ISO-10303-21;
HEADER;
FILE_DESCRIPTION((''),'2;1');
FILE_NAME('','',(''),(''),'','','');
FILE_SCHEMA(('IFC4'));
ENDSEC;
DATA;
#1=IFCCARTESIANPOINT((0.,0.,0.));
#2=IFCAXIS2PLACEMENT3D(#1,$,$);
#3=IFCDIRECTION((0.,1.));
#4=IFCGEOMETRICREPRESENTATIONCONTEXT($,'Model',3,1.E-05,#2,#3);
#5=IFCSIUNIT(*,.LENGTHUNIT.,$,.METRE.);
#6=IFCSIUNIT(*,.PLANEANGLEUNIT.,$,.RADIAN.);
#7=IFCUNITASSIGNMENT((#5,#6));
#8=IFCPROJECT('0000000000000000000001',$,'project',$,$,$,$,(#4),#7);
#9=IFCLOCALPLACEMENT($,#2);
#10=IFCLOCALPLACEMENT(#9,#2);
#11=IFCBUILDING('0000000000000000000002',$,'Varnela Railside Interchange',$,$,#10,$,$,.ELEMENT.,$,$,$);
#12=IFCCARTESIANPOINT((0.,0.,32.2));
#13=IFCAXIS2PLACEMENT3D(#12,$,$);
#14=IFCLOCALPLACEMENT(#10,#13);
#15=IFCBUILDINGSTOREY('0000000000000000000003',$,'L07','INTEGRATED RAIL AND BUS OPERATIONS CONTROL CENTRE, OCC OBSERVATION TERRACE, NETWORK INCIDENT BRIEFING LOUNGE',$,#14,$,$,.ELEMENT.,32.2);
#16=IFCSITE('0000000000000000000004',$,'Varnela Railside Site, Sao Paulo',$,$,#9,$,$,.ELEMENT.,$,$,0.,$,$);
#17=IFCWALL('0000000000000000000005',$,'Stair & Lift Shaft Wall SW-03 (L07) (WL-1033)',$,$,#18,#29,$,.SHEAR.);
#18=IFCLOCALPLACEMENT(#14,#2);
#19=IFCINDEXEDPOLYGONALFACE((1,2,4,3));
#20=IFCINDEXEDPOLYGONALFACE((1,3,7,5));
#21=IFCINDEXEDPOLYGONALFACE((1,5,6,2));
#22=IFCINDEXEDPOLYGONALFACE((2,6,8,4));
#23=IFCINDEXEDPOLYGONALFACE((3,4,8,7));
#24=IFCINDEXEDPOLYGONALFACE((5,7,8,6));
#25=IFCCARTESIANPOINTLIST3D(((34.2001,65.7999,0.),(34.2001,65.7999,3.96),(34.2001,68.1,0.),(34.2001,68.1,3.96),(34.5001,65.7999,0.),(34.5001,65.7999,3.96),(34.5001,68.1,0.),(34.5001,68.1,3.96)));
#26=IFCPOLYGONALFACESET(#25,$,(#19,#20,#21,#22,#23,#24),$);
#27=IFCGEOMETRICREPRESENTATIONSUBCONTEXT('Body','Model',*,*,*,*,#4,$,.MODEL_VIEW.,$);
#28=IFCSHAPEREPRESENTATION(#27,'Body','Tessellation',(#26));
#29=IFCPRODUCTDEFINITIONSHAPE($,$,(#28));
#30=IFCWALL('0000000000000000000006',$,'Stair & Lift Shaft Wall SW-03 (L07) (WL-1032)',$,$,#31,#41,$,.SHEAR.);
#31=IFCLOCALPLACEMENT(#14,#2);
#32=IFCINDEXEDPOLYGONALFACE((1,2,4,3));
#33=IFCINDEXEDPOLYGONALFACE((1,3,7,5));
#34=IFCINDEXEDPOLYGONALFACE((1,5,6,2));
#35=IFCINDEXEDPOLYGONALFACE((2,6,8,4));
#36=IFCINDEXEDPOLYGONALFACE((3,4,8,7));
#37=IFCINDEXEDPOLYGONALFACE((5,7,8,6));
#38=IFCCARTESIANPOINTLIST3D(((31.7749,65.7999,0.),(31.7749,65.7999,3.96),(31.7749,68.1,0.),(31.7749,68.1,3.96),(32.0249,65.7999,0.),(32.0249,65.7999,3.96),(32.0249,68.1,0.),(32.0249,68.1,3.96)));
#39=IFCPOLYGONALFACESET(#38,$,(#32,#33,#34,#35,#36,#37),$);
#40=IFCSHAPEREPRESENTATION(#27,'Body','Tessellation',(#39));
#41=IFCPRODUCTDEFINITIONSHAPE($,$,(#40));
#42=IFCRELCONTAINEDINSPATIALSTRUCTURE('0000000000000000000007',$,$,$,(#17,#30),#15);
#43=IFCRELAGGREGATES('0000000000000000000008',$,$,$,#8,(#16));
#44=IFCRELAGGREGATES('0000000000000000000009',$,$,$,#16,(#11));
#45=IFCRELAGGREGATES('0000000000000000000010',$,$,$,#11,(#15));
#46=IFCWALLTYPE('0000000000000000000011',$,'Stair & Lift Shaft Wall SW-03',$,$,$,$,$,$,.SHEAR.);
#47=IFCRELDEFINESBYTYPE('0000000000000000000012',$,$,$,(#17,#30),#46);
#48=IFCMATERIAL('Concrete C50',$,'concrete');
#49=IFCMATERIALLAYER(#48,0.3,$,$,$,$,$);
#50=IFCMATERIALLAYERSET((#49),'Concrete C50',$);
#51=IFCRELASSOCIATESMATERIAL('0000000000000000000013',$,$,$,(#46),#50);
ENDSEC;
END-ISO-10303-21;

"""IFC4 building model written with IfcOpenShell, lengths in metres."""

from ifc_helpers import new_model, si_unit, direction, frame, frame_2d, origin, place, context, subcontext, project, spatial, rectangle, extrude, material, layer, layer_set, type_object, element, save


model = new_model("IFC4")

# Units and contexts
model_context = context("Model", 3, precision=1e-05, world=origin(), true_north=direction((0.0, 1.0)))
body_context = subcontext(model_context, "Body", "Model", "MODEL_VIEW")
ifc_project = project(units=[si_unit("LENGTHUNIT", "METRE"), si_unit("PLANEANGLEUNIT", "RADIAN")], contexts=[model_context])

# Site, building, storey
site_placement = place(None, origin())
site = spatial("IfcSite", under=ifc_project, at=site_placement, Name="Varnela Railside Site, Sao Paulo", CompositionType="ELEMENT", RefElevation=0.0)
building_placement = place(site_placement, origin())
building = spatial("IfcBuilding", under=site, at=building_placement, Name="Varnela Railside Interchange", CompositionType="ELEMENT")
storey_placement = place(building_placement, frame((0.0, 0.0, 32.2)))
storey = spatial("IfcBuildingStorey", under=building, at=storey_placement, Name="L07", Description="INTEGRATED RAIL AND BUS OPERATIONS CONTROL CENTRE, OCC OBSERVATION TERRACE, NETWORK INCIDENT BRIEFING LOUNGE", CompositionType="ELEMENT", Elevation=32.2)

# Shared definitions
ifc_material_1 = material(Name="Concrete C50", Category="concrete")

# Shared definitions
ifc_layer_1 = layer(ifc_material_1, 0.3)
ifc_layer_set_1 = layer_set([ifc_layer_1], Name="Concrete C50")
wall_type_1 = type_object("IfcWallType", Name="Stair & Lift Shaft Wall SW-03", PredefinedType="SHEAR", material=ifc_layer_set_1)

# Walls
for number, where, z_axis, x_axis, name in (
    (1, (34.3501, 65.8, 0.0), (0.0, 0.0, 1.0), (0.0, 1.0, 0.0), "Stair & Lift Shaft Wall SW-03 (L07) (WL-1033)"),
):
    element("IfcWall", number, at=place(storey_placement, frame(where, z_axis=z_axis, x_axis=x_axis)), inside=storey, type_object=wall_type_1, Name=name, PredefinedType="SHEAR", context=body_context, shape_type="SweptSolid", body=[
        extrude(rectangle(XDim=2.3, YDim=0.3, at=frame_2d((1.1499, 0.0))), origin(), (0.0, 0.0, 1.0), 3.96),
    ])
wall_1_placement = place(storey_placement, frame((31.8999, 65.8, 0.0), z_axis=(0.0, 0.0, 1.0), x_axis=(0.0, 1.0, 0.0)))
element("IfcWall", 2, at=wall_1_placement, inside=storey, type_object=wall_type_1, Name="Stair & Lift Shaft Wall SW-03 (L07) (WL-1032)", PredefinedType="SHEAR", context=body_context, shape_type="SweptSolid", body=[
    extrude(rectangle(XDim=2.3, YDim=0.25, at=frame_2d((1.1499, 0.0))), origin(), (0.0, 0.0, 1.0), 3.96),
])

save(model, "model.ifc")
